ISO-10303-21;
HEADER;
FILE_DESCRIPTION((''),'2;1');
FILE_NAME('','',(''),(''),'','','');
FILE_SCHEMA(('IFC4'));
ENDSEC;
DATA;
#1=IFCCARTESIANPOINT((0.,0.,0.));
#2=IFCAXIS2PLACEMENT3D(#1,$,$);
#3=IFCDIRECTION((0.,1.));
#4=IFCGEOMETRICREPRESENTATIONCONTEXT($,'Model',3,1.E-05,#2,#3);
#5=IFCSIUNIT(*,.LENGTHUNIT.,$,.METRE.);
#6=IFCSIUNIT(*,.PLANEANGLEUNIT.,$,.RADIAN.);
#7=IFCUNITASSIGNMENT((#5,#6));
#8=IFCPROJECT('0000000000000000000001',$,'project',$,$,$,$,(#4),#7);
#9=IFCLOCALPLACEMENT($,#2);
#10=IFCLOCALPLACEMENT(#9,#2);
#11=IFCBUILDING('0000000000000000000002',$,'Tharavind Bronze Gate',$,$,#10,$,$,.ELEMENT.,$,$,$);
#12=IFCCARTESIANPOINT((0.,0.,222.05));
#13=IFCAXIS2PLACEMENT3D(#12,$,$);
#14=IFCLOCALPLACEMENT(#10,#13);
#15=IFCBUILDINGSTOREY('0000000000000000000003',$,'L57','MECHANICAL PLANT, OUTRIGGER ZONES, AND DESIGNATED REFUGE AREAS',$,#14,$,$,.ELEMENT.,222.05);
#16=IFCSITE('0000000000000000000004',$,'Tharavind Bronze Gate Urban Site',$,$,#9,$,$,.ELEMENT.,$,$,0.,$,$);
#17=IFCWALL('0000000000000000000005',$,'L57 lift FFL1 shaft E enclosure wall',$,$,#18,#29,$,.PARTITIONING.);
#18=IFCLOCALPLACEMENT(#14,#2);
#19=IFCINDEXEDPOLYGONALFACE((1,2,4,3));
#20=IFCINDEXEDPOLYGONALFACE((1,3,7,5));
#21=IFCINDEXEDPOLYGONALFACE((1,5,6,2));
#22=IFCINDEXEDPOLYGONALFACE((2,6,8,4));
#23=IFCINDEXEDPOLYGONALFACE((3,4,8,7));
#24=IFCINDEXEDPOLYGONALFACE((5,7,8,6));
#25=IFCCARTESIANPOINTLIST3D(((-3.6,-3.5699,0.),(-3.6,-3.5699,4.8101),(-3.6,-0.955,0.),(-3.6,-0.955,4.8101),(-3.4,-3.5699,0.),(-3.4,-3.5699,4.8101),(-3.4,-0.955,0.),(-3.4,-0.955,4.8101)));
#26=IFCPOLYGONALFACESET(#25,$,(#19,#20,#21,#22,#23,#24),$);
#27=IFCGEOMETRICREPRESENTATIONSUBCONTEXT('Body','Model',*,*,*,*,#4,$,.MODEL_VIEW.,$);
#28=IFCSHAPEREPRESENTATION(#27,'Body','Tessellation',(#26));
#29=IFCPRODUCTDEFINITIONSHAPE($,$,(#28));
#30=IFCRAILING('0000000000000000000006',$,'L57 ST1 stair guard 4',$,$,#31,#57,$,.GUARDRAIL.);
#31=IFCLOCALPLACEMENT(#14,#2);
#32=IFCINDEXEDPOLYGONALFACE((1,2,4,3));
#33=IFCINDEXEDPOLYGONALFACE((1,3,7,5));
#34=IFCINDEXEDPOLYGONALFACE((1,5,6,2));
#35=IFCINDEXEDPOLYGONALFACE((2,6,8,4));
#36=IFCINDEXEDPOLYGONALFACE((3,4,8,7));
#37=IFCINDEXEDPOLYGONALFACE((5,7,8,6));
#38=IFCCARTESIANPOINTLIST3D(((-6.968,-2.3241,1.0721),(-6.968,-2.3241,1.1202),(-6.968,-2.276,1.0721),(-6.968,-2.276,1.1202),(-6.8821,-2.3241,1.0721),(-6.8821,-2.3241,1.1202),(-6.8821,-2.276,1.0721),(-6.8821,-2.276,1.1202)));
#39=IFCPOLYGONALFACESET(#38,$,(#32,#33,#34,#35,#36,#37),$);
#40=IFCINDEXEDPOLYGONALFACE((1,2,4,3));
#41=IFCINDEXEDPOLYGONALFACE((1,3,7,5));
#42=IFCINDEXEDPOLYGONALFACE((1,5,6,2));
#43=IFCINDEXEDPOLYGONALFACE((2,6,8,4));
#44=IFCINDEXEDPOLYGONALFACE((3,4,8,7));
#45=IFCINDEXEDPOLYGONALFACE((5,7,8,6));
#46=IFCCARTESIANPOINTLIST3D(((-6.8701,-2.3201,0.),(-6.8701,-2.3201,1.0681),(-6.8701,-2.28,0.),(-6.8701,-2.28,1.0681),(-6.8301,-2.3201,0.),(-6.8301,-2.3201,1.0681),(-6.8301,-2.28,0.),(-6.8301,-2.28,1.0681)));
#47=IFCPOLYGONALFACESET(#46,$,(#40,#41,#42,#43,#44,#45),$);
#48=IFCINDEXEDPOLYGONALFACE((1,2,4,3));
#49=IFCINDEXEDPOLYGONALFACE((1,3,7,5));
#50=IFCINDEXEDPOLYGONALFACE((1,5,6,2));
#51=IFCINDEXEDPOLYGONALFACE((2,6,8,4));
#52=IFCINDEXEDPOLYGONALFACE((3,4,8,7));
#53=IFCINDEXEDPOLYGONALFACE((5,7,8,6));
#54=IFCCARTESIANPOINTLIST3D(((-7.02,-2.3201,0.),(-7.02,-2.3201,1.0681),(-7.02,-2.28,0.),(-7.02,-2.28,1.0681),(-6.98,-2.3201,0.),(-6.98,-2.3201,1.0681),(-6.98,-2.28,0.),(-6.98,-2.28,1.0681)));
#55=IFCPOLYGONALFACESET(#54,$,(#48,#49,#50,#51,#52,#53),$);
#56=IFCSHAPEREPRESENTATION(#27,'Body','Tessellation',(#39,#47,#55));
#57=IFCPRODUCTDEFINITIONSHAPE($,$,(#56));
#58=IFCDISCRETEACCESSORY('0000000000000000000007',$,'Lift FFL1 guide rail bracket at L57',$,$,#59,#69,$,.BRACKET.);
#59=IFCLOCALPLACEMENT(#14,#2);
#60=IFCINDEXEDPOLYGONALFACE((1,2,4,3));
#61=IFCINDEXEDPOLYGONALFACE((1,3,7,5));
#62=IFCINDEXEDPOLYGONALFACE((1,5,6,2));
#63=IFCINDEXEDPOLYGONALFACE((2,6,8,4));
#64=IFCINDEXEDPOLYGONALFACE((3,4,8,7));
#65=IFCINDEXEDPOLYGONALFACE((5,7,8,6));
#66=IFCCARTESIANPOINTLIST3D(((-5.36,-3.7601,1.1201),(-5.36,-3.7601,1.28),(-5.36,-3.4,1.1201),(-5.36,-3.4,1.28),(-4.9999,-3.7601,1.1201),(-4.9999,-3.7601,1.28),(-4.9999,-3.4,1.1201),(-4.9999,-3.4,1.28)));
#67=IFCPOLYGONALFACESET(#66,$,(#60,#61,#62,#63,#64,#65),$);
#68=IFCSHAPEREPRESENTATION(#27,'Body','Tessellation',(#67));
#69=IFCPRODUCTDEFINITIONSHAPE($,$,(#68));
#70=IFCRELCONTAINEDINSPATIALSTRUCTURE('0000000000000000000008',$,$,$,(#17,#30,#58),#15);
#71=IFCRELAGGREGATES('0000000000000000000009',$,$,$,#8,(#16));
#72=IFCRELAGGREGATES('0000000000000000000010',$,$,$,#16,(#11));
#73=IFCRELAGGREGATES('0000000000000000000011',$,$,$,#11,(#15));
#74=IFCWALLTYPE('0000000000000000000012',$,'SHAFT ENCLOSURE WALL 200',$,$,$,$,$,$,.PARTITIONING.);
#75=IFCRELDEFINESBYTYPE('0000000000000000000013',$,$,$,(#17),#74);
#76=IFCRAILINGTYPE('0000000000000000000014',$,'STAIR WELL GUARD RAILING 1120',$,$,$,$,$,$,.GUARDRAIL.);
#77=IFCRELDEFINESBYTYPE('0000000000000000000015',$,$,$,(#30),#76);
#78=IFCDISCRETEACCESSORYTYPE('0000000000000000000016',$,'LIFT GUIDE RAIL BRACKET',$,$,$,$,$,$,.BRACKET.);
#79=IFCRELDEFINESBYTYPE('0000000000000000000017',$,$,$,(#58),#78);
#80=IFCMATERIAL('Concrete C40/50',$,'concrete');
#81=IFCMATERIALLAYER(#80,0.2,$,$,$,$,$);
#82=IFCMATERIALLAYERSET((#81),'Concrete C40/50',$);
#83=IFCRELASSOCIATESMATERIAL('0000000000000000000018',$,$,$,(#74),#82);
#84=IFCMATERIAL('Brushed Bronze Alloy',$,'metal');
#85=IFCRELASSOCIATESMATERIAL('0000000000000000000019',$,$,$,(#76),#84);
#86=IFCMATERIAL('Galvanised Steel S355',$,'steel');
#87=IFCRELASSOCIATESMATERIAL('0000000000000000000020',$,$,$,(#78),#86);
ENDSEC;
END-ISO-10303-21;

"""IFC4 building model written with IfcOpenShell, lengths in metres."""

from ifc_helpers import new_model, si_unit, direction, frame, frame_2d, origin, origin_2d, place, context, subcontext, project, spatial, rectangle, extrude, material, layer, layer_set, type_object, element, save


model = new_model("IFC4")

# Units and contexts
model_context = context("Model", 3, precision=1e-05, world=origin(), true_north=direction((0.0, 1.0)))
body_context = subcontext(model_context, "Body", "Model", "MODEL_VIEW")
ifc_project = project(units=[si_unit("LENGTHUNIT", "METRE"), si_unit("PLANEANGLEUNIT", "RADIAN")], contexts=[model_context])

# Site, building, storey
site_placement = place(None, origin())
site = spatial("IfcSite", under=ifc_project, at=site_placement, Name="Tharavind Bronze Gate Urban Site", CompositionType="ELEMENT", RefElevation=0.0)
building_placement = place(site_placement, origin())
building = spatial("IfcBuilding", under=site, at=building_placement, Name="Tharavind Bronze Gate", CompositionType="ELEMENT")
storey_placement = place(building_placement, frame((0.0, 0.0, 222.05)))
storey = spatial("IfcBuildingStorey", under=building, at=storey_placement, Name="L57", Description="MECHANICAL PLANT, OUTRIGGER ZONES, AND DESIGNATED REFUGE AREAS", CompositionType="ELEMENT", Elevation=222.05)

# Wall
ifc_material_1 = material(Name="Concrete C40/50", Category="concrete")
ifc_layer_1 = layer(ifc_material_1, 0.2)
ifc_layer_set_1 = layer_set([ifc_layer_1], Name="Concrete C40/50")
wall_type_1 = type_object("IfcWallType", Name="SHAFT ENCLOSURE WALL 200", PredefinedType="PARTITIONING", material=ifc_layer_set_1)
wall_1_placement = place(storey_placement, frame((-3.5, -3.5701, 0.0), z_axis=(0.0, 0.0, 1.0), x_axis=(0.0, 1.0, 0.0)))
element("IfcWall", 1, at=wall_1_placement, inside=storey, type_object=wall_type_1, Name="L57 lift FFL1 shaft E enclosure wall", PredefinedType="PARTITIONING", context=body_context, shape_type="SweptSolid", body=[
    extrude(rectangle(XDim=2.615, YDim=0.2, at=frame_2d((1.3076, 0.0))), origin(), (0.0, 0.0, 1.0), 4.8101),
])

# Railing
ifc_material_2 = material(Name="Brushed Bronze Alloy", Category="metal")
railing_type = type_object("IfcRailingType", Name="STAIR WELL GUARD RAILING 1120", PredefinedType="GUARDRAIL", material=ifc_material_2)
railing_placement = place(storey_placement, frame((-6.8501, -2.3, 0.0)))
element("IfcRailing", 2, at=railing_placement, inside=storey, type_object=railing_type, Name="L57 ST1 stair guard 4", PredefinedType="GUARDRAIL", context=body_context, shape_type="SweptSolid", body=[
    extrude(rectangle(XDim=0.0481, YDim=0.0481, at=origin_2d()), frame((-0.032, 0.0, 1.0962), z_axis=(-1.0, 0.0, 0.0), x_axis=(0.0, -1.0, 0.0)), (0.0, 0.0, 1.0), 0.0859),
    extrude(rectangle(XDim=0.04, YDim=0.04, at=origin_2d()), origin(), (0.0, 0.0, 1.0), 1.0681),
    extrude(rectangle(XDim=0.04, YDim=0.04, at=origin_2d()), frame((-0.1499, 0.0, 0.0)), (0.0, 0.0, 1.0), 1.0681),
])

# Discrete accessory
ifc_material_3 = material(Name="Galvanised Steel S355", Category="steel")
discrete_accessory_type = type_object("IfcDiscreteAccessoryType", Name="LIFT GUIDE RAIL BRACKET", PredefinedType="BRACKET", material=ifc_material_3)
discrete_accessory_placement = place(storey_placement, frame((-5.1799, -3.5801, 1.1201), z_axis=(0.0, 0.0, 1.0), x_axis=(1.0, 0.0, 0.0)))
element("IfcDiscreteAccessory", 3, at=discrete_accessory_placement, inside=storey, type_object=discrete_accessory_type, Name="Lift FFL1 guide rail bracket at L57", PredefinedType="BRACKET", context=body_context, shape_type="SweptSolid", body=[
    extrude(rectangle(XDim=0.3601, YDim=0.3601, at=origin_2d()), origin(), (0.0, 0.0, 1.0), 0.1599),
])

save(model, "model.ifc")
